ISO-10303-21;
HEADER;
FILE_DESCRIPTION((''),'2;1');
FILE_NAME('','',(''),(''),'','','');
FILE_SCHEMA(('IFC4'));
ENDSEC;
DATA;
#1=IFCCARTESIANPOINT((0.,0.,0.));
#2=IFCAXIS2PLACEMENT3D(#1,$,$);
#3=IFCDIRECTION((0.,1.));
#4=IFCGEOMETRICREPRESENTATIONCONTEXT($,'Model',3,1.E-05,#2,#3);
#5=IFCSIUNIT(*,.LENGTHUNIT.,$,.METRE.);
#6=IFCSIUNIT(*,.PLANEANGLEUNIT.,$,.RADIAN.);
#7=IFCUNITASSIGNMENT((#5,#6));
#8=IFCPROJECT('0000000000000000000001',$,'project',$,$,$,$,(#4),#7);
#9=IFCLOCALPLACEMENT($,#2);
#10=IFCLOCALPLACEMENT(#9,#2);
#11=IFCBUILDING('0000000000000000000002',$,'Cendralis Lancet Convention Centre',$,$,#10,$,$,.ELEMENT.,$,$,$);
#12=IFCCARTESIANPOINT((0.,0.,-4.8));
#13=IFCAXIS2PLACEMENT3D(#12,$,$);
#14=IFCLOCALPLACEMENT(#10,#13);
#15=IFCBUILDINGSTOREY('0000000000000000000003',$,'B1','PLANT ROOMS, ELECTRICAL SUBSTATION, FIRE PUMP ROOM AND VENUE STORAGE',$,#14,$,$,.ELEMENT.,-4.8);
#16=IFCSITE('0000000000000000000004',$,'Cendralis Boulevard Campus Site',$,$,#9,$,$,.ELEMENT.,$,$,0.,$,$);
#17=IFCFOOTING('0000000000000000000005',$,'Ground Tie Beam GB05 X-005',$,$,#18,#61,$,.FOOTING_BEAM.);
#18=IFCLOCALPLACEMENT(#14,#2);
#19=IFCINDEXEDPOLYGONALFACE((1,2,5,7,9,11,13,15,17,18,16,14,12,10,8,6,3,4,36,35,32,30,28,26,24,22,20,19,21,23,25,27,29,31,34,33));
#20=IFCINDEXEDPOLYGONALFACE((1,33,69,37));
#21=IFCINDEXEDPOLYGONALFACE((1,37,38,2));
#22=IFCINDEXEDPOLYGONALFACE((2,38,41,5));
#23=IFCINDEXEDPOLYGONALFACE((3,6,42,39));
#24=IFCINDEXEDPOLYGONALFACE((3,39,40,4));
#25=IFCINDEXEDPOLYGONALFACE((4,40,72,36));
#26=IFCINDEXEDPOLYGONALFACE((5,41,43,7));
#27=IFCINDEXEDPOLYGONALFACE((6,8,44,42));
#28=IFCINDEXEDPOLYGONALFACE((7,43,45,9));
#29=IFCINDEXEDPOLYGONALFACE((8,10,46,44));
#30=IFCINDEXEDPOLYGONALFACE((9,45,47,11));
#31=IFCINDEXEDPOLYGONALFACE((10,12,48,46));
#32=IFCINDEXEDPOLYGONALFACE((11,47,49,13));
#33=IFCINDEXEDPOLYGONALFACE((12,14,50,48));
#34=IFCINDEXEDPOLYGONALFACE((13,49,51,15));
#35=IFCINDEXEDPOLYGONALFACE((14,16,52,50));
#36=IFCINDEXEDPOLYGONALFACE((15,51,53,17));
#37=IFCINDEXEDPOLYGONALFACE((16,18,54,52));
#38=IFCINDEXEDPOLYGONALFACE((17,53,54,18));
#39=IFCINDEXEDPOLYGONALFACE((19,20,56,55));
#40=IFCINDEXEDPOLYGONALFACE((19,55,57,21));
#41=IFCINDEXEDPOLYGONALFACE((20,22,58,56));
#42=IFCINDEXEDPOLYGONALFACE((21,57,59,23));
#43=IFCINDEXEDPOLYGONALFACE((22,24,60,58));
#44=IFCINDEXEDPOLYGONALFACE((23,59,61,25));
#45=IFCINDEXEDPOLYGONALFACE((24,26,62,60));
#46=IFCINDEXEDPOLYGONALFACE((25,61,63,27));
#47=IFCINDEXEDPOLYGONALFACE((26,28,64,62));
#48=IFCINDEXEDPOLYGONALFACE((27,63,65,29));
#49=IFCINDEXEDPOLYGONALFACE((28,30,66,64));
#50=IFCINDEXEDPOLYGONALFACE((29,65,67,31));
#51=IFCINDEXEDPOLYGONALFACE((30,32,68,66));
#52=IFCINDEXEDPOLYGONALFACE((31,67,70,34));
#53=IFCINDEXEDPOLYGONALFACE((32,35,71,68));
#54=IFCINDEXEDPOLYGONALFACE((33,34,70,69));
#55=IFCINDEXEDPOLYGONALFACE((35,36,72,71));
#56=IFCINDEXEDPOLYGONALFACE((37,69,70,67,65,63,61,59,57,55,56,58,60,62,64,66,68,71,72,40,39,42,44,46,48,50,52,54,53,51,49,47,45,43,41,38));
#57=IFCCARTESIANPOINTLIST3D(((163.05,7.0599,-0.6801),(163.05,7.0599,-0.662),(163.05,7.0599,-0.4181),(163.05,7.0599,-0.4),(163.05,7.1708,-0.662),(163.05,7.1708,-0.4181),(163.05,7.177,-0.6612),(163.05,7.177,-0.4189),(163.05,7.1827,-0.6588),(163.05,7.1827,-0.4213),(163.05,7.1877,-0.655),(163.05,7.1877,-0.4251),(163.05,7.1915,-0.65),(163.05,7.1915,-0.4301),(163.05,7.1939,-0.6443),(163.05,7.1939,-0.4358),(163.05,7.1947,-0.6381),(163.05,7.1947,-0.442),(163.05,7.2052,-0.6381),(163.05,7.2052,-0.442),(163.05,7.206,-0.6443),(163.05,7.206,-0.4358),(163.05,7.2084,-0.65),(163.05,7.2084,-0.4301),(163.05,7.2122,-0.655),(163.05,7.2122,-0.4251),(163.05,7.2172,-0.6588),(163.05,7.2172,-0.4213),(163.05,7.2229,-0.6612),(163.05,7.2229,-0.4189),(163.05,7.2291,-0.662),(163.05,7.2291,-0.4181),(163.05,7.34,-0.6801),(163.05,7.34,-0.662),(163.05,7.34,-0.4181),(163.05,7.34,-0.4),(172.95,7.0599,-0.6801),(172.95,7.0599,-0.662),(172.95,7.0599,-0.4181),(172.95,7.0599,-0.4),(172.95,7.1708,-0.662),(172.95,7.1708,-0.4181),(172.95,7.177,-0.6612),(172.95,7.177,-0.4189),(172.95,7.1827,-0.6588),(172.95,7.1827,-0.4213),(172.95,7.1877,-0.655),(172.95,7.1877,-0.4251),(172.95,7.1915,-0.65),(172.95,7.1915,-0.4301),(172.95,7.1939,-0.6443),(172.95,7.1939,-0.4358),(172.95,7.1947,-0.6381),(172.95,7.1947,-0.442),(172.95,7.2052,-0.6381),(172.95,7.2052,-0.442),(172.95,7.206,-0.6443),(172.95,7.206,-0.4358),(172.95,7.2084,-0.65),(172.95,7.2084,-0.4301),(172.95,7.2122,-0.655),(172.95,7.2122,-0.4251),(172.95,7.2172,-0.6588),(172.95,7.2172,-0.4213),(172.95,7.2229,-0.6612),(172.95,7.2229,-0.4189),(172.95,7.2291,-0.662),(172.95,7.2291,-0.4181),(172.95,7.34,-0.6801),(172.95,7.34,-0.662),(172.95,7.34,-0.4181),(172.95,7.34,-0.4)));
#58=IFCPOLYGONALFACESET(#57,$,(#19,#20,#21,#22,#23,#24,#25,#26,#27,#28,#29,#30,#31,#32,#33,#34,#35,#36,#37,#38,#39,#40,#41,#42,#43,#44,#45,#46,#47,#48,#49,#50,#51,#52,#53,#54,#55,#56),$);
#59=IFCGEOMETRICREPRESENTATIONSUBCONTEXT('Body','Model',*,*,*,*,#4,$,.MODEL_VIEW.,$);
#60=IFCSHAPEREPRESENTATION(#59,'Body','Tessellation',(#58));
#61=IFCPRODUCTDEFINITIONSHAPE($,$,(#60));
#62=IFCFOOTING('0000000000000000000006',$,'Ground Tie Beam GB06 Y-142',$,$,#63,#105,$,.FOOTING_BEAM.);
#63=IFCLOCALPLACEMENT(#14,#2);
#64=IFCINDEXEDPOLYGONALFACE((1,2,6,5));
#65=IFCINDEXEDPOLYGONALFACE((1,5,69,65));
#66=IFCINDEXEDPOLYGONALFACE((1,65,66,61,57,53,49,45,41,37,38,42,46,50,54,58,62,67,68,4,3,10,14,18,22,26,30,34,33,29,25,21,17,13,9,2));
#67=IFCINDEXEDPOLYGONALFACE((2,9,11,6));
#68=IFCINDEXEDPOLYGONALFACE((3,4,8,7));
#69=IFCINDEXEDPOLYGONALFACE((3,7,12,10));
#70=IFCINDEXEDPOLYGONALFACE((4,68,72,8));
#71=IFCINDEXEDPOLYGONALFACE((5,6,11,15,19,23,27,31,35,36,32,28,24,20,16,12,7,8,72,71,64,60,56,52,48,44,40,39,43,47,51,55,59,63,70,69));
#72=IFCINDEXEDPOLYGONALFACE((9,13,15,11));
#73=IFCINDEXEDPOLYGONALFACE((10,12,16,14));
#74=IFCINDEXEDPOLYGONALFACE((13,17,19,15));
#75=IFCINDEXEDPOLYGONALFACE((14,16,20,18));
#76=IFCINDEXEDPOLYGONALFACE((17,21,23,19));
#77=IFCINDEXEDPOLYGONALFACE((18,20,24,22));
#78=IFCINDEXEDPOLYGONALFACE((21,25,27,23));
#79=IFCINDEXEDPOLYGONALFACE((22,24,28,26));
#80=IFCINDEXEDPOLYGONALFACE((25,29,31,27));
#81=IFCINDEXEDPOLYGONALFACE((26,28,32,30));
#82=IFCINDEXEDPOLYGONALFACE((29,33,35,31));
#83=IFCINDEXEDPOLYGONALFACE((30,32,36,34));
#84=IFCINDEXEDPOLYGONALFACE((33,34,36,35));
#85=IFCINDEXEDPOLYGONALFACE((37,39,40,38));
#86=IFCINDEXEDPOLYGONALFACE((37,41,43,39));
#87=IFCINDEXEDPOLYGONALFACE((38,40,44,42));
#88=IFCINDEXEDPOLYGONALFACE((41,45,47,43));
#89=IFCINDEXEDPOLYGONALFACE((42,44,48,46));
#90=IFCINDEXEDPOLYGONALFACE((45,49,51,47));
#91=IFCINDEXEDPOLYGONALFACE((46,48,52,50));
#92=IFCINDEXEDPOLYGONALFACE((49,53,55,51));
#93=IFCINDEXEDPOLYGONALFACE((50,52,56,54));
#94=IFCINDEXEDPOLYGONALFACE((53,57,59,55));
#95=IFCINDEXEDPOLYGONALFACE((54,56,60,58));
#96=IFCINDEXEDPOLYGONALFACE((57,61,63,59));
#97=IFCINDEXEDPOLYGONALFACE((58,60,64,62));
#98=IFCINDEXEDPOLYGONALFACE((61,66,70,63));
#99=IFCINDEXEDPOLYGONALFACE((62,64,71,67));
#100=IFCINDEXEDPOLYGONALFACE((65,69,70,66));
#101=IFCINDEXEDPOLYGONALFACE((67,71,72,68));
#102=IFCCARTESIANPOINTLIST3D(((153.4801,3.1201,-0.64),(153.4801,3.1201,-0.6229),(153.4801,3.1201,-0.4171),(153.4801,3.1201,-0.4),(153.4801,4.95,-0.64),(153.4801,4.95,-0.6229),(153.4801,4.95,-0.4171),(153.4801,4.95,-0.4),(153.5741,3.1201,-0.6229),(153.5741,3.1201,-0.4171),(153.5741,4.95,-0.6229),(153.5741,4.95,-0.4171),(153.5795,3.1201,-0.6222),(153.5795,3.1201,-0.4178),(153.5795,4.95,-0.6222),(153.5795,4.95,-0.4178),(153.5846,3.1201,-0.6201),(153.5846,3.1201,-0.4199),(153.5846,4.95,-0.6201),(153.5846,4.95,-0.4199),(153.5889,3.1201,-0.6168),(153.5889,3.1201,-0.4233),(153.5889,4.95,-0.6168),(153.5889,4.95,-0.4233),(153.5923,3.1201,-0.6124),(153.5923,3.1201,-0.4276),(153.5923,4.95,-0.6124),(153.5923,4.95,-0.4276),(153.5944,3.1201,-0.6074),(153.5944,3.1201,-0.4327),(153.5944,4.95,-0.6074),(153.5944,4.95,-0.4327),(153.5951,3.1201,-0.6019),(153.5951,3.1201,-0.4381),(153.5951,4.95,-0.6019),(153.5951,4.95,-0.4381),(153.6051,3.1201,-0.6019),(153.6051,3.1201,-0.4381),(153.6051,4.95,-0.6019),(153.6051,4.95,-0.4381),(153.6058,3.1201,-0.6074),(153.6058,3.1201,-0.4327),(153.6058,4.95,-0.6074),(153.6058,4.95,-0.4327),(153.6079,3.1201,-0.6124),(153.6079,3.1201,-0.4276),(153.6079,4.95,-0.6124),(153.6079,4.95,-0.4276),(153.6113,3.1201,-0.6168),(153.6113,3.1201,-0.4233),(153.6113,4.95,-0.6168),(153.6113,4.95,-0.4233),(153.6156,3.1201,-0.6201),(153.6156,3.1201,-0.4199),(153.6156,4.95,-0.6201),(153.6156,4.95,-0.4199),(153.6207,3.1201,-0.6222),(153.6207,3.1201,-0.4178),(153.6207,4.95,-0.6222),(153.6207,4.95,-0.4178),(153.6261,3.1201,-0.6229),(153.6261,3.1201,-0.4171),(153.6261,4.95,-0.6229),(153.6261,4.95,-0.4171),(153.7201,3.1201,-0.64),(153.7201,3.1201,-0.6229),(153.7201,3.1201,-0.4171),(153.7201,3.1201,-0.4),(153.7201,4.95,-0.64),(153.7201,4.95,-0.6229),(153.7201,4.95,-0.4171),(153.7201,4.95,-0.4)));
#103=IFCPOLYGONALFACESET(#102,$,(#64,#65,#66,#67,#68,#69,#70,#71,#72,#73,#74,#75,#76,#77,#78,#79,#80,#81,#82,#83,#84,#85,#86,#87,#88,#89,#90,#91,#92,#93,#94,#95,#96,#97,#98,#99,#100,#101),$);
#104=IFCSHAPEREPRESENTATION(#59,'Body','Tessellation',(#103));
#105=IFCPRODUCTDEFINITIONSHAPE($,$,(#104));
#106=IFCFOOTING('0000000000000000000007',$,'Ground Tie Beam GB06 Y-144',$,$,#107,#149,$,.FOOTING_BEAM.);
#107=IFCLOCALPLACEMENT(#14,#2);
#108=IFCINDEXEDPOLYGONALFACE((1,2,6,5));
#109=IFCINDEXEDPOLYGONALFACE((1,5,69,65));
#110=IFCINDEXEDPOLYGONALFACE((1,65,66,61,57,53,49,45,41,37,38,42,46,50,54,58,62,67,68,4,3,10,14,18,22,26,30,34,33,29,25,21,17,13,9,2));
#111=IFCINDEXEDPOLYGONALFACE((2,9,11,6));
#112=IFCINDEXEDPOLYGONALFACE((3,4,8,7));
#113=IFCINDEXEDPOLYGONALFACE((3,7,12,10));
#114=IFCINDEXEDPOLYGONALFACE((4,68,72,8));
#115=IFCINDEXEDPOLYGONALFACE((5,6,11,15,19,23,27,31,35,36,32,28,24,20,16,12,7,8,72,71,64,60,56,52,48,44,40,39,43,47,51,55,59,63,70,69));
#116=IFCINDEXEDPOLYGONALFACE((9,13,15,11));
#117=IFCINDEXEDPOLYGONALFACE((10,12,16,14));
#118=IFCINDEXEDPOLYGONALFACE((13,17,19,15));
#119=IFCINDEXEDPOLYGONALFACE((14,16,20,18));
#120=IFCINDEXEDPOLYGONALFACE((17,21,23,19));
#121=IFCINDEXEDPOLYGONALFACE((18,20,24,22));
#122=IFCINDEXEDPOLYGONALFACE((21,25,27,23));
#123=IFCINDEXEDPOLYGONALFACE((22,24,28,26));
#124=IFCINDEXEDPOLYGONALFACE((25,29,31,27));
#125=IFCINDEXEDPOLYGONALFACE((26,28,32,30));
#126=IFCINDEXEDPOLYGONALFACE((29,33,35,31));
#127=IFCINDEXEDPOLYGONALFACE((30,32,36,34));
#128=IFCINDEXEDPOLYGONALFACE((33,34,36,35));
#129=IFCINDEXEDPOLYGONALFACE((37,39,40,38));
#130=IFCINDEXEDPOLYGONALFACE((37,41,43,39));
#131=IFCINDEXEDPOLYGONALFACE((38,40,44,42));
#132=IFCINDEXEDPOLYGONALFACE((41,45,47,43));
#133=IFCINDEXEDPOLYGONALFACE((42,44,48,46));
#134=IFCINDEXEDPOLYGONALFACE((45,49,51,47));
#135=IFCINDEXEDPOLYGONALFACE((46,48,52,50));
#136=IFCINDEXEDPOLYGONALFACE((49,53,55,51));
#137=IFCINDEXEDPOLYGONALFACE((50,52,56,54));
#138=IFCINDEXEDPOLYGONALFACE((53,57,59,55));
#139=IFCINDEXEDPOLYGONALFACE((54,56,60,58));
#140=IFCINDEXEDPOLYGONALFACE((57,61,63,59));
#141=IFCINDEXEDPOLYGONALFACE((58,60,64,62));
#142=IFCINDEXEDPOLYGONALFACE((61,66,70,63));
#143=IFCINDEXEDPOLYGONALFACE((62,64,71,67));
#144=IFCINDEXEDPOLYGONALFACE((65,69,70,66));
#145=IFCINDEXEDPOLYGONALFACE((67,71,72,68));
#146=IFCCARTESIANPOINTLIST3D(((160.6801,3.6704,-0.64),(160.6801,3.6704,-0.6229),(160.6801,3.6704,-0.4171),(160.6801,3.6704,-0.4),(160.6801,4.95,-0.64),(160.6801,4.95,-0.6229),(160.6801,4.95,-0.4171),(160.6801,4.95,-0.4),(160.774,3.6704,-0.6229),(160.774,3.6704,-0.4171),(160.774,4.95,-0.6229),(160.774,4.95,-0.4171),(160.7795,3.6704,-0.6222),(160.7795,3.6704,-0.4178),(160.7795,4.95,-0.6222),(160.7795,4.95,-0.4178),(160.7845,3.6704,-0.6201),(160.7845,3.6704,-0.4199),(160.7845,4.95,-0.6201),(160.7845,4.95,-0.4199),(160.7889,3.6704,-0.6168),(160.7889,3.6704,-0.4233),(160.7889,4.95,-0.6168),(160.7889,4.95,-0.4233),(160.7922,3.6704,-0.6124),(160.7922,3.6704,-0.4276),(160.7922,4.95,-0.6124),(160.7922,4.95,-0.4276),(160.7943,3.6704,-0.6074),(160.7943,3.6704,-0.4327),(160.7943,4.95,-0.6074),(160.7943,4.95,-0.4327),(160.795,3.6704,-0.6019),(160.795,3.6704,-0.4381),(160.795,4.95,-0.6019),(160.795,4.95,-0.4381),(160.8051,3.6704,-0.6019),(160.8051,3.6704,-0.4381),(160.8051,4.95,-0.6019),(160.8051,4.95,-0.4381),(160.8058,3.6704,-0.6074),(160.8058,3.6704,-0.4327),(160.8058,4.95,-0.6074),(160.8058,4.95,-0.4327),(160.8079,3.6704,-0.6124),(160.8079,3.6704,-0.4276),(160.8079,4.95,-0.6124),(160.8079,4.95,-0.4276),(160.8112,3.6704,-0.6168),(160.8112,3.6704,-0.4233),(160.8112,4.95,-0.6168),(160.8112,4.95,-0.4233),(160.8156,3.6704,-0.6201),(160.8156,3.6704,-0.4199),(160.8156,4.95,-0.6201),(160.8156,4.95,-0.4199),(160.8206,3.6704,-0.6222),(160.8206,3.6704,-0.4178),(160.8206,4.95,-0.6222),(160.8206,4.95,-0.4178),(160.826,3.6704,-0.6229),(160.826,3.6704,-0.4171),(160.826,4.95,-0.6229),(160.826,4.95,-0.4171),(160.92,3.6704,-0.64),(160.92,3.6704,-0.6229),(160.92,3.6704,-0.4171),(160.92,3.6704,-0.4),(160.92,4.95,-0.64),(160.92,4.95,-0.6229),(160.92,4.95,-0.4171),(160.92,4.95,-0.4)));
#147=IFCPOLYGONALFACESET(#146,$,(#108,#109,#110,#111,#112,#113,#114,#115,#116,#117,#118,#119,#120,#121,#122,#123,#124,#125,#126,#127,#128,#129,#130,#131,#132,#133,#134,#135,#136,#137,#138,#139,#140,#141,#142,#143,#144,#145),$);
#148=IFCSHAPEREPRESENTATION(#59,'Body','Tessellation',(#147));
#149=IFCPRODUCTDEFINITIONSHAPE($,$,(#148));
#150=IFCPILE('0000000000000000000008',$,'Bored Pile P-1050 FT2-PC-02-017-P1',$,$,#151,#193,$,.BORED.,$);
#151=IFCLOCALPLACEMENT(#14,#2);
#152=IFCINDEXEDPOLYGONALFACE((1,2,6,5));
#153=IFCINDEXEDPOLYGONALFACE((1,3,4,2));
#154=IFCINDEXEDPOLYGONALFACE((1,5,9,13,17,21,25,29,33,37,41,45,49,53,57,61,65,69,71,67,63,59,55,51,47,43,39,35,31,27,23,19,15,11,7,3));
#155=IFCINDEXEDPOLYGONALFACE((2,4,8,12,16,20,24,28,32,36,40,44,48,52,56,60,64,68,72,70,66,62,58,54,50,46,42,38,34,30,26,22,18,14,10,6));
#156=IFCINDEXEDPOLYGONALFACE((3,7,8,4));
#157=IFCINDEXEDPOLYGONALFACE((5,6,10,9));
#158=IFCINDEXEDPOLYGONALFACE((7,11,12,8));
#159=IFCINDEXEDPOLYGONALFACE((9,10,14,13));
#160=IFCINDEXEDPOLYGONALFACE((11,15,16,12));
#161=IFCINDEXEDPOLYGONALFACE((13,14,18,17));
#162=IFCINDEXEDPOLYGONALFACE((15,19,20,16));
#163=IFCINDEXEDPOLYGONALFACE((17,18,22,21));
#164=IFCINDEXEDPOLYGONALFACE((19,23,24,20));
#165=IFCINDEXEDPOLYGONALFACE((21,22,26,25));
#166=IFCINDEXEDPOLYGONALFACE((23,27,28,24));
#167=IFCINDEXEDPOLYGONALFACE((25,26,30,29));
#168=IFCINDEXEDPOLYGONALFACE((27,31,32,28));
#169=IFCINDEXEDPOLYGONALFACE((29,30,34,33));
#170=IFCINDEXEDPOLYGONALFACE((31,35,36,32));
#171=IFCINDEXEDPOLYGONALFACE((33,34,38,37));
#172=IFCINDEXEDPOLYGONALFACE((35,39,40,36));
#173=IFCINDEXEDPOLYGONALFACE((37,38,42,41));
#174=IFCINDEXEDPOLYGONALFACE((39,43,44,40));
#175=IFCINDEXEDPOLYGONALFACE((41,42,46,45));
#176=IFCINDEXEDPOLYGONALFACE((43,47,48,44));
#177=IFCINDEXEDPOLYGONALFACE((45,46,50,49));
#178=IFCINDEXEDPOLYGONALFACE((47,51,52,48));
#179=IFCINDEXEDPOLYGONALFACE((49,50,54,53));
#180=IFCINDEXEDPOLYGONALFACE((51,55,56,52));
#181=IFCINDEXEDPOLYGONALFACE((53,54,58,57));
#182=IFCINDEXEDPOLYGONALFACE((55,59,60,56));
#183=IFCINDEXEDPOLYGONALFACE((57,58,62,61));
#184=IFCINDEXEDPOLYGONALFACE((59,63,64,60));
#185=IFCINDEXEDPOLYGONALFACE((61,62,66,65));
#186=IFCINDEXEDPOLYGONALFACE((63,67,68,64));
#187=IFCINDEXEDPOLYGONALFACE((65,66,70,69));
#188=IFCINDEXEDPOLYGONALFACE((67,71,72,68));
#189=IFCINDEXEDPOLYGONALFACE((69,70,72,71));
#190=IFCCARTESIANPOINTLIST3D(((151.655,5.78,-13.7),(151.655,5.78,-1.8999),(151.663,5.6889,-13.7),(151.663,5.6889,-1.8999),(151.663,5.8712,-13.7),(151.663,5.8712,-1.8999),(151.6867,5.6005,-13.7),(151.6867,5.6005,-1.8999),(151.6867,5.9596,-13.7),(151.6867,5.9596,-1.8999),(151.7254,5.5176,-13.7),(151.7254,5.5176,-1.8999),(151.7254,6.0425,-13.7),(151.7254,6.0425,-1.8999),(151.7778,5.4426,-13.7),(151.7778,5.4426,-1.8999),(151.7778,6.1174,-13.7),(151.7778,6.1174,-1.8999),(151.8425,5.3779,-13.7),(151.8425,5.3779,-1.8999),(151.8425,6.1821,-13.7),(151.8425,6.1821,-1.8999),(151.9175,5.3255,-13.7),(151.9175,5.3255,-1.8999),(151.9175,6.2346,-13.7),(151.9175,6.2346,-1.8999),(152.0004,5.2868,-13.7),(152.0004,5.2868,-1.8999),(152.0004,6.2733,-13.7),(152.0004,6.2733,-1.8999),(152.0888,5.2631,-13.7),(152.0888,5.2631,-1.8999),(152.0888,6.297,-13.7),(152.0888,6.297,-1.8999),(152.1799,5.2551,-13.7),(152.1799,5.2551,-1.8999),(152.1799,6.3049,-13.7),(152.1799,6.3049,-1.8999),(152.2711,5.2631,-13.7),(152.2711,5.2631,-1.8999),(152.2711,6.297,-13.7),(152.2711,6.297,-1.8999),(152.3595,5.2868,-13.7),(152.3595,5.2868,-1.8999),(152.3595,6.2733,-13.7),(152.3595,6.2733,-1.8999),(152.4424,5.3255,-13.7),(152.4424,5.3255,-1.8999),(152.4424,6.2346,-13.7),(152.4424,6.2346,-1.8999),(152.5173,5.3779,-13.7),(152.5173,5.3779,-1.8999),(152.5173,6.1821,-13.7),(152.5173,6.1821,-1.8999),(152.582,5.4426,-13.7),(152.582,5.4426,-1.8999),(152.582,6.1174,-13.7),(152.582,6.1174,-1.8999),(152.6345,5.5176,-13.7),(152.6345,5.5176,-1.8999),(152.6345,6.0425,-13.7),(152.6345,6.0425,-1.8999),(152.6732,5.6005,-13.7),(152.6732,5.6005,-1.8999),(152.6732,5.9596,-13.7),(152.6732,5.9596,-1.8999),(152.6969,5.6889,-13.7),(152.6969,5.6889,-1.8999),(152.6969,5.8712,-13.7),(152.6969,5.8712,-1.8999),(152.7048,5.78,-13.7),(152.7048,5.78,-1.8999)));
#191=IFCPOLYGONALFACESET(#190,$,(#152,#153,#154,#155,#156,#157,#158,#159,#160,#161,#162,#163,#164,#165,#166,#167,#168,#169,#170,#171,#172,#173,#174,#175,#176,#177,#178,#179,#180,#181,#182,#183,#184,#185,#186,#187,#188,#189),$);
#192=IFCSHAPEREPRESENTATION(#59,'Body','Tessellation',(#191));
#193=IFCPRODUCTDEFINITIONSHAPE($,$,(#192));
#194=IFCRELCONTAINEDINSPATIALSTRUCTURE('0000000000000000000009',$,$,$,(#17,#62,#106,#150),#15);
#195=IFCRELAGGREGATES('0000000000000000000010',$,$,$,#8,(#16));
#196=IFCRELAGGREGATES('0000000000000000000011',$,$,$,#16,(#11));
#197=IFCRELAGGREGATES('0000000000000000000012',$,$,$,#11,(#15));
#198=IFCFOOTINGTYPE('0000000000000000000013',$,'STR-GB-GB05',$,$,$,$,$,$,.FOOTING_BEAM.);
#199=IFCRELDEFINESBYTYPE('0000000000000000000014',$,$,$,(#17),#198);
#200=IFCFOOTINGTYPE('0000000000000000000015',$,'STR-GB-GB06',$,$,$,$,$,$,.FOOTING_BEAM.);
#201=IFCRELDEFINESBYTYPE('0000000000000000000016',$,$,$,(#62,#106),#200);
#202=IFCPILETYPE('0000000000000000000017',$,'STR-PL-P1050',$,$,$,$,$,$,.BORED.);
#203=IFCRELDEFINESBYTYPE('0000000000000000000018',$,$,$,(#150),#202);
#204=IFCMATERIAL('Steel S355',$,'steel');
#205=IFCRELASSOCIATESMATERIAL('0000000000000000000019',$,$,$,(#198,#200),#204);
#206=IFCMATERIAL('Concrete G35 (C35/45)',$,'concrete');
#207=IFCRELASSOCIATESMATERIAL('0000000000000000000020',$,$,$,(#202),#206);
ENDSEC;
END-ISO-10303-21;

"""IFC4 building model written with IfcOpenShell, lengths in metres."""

from ifc_helpers import new_model, si_unit, direction, frame, origin, origin_2d, place, context, subcontext, project, spatial, circle, i_section, extrude, material, material_profile, profile_set, type_object, element, save


model = new_model("IFC4")

# Units and contexts
model_context = context("Model", 3, precision=1e-05, world=origin(), true_north=direction((0.0, 1.0)))
body_context = subcontext(model_context, "Body", "Model", "MODEL_VIEW")
ifc_project = project(units=[si_unit("LENGTHUNIT", "METRE"), si_unit("PLANEANGLEUNIT", "RADIAN")], contexts=[model_context])

# Site, building, storey
site_placement = place(None, origin())
site = spatial("IfcSite", under=ifc_project, at=site_placement, Name="Cendralis Boulevard Campus Site", CompositionType="ELEMENT", RefElevation=0.0)
building_placement = place(site_placement, origin())
building = spatial("IfcBuilding", under=site, at=building_placement, Name="Cendralis Lancet Convention Centre", CompositionType="ELEMENT")
storey_placement = place(building_placement, frame((0.0, 0.0, -4.8)))
storey = spatial("IfcBuildingStorey", under=building, at=storey_placement, Name="B1", Description="PLANT ROOMS, ELECTRICAL SUBSTATION, FIRE PUMP ROOM AND VENUE STORAGE", CompositionType="ELEMENT", Elevation=-4.8)

# Footings
ifc_material_1 = material(Name="Concrete G35 (C35/45)", Category="concrete")
ifc_material_2 = material(Name="Steel S355", Category="steel")
ifc_material_profile_1 = material_profile(ifc_material_2, i_section(OverallWidth=0.28, OverallDepth=0.28, WebThickness=0.0105, FlangeThickness=0.0181, FilletRadius=0.0239, at=origin_2d()), Name="HEB 280")
ifc_profile_set_1 = profile_set([ifc_material_profile_1], Name="Steel S355")
footing_type_1 = type_object("IfcFootingType", Name="STR-GB-GB05", PredefinedType="FOOTING_BEAM", material=ifc_profile_set_1)
footing_1_placement = place(storey_placement, frame((163.05, 7.2, -0.54), z_axis=(1.0, 0.0, 0.0), x_axis=(0.0, 1.0, 0.0)))
element("IfcFooting", 1, at=footing_1_placement, inside=storey, type_object=footing_type_1, Name="Ground Tie Beam GB05 X-005", PredefinedType="FOOTING_BEAM", context=body_context, shape_type="SweptSolid", body=[
    extrude(i_section(OverallWidth=0.28, OverallDepth=0.28, WebThickness=0.0105, FlangeThickness=0.0181, FilletRadius=0.0239, at=origin_2d()), origin(), (0.0, 0.0, 1.0), 9.8999),
])
ifc_material_profile_2 = material_profile(ifc_material_2, i_section(OverallWidth=0.24, OverallDepth=0.24, WebThickness=0.01, FlangeThickness=0.0171, FilletRadius=0.021, at=origin_2d()), Name="HEB 240")
ifc_profile_set_2 = profile_set([ifc_material_profile_2], Name="Steel S355")
footing_type_2 = type_object("IfcFootingType", Name="STR-GB-GB06", PredefinedType="FOOTING_BEAM", material=ifc_profile_set_2)
footing_2_placement = place(storey_placement, frame((153.6001, 3.1201, -0.52), z_axis=(0.0, 1.0, 0.0), x_axis=(-1.0, 0.0, 0.0)))
element("IfcFooting", 2, at=footing_2_placement, inside=storey, type_object=footing_type_2, Name="Ground Tie Beam GB06 Y-142", PredefinedType="FOOTING_BEAM", context=body_context, shape_type="SweptSolid", body=[
    extrude(i_section(OverallWidth=0.24, OverallDepth=0.24, WebThickness=0.01, FlangeThickness=0.0171, FilletRadius=0.021, at=origin_2d()), origin(), (0.0, 0.0, 1.0), 1.8298),
])
footing_3_placement = place(storey_placement, frame((160.8, 3.6704, -0.52), z_axis=(0.0, 1.0, 0.0), x_axis=(-1.0, 0.0, 0.0)))
element("IfcFooting", 3, at=footing_3_placement, inside=storey, type_object=footing_type_2, Name="Ground Tie Beam GB06 Y-144", PredefinedType="FOOTING_BEAM", context=body_context, shape_type="SweptSolid", body=[
    extrude(i_section(OverallWidth=0.24, OverallDepth=0.24, WebThickness=0.01, FlangeThickness=0.0171, FilletRadius=0.021, at=origin_2d()), origin(), (0.0, 0.0, 1.0), 1.2795),
])

# Pile
ifc_material_profile_3 = material_profile(ifc_material_1, circle(Radius=0.5249, at=origin_2d()), Name="BORED PILE D1050")
ifc_profile_set_3 = profile_set([ifc_material_profile_3], Name="Concrete G35 (C35/45)")
pile_type_1 = type_object("IfcPileType", Name="STR-PL-P1050", PredefinedType="BORED", material=ifc_profile_set_3)
for number, where, z_axis, x_axis, name in (
    (4, (152.1799, 5.78, -1.8999), (0.0, 0.0, -1.0), (1.0, 0.0, 0.0), "Bored Pile P-1050 FT2-PC-02-017-P1"),
):
    element("IfcPile", number, at=place(storey_placement, frame(where, z_axis=z_axis, x_axis=x_axis)), inside=storey, type_object=pile_type_1, Name=name, PredefinedType="BORED", context=body_context, shape_type="SweptSolid", body=[
        extrude(circle(Radius=0.5249, at=origin_2d()), origin(), (0.0, 0.0, 1.0), 11.8),
    ])

save(model, "model.ifc")
